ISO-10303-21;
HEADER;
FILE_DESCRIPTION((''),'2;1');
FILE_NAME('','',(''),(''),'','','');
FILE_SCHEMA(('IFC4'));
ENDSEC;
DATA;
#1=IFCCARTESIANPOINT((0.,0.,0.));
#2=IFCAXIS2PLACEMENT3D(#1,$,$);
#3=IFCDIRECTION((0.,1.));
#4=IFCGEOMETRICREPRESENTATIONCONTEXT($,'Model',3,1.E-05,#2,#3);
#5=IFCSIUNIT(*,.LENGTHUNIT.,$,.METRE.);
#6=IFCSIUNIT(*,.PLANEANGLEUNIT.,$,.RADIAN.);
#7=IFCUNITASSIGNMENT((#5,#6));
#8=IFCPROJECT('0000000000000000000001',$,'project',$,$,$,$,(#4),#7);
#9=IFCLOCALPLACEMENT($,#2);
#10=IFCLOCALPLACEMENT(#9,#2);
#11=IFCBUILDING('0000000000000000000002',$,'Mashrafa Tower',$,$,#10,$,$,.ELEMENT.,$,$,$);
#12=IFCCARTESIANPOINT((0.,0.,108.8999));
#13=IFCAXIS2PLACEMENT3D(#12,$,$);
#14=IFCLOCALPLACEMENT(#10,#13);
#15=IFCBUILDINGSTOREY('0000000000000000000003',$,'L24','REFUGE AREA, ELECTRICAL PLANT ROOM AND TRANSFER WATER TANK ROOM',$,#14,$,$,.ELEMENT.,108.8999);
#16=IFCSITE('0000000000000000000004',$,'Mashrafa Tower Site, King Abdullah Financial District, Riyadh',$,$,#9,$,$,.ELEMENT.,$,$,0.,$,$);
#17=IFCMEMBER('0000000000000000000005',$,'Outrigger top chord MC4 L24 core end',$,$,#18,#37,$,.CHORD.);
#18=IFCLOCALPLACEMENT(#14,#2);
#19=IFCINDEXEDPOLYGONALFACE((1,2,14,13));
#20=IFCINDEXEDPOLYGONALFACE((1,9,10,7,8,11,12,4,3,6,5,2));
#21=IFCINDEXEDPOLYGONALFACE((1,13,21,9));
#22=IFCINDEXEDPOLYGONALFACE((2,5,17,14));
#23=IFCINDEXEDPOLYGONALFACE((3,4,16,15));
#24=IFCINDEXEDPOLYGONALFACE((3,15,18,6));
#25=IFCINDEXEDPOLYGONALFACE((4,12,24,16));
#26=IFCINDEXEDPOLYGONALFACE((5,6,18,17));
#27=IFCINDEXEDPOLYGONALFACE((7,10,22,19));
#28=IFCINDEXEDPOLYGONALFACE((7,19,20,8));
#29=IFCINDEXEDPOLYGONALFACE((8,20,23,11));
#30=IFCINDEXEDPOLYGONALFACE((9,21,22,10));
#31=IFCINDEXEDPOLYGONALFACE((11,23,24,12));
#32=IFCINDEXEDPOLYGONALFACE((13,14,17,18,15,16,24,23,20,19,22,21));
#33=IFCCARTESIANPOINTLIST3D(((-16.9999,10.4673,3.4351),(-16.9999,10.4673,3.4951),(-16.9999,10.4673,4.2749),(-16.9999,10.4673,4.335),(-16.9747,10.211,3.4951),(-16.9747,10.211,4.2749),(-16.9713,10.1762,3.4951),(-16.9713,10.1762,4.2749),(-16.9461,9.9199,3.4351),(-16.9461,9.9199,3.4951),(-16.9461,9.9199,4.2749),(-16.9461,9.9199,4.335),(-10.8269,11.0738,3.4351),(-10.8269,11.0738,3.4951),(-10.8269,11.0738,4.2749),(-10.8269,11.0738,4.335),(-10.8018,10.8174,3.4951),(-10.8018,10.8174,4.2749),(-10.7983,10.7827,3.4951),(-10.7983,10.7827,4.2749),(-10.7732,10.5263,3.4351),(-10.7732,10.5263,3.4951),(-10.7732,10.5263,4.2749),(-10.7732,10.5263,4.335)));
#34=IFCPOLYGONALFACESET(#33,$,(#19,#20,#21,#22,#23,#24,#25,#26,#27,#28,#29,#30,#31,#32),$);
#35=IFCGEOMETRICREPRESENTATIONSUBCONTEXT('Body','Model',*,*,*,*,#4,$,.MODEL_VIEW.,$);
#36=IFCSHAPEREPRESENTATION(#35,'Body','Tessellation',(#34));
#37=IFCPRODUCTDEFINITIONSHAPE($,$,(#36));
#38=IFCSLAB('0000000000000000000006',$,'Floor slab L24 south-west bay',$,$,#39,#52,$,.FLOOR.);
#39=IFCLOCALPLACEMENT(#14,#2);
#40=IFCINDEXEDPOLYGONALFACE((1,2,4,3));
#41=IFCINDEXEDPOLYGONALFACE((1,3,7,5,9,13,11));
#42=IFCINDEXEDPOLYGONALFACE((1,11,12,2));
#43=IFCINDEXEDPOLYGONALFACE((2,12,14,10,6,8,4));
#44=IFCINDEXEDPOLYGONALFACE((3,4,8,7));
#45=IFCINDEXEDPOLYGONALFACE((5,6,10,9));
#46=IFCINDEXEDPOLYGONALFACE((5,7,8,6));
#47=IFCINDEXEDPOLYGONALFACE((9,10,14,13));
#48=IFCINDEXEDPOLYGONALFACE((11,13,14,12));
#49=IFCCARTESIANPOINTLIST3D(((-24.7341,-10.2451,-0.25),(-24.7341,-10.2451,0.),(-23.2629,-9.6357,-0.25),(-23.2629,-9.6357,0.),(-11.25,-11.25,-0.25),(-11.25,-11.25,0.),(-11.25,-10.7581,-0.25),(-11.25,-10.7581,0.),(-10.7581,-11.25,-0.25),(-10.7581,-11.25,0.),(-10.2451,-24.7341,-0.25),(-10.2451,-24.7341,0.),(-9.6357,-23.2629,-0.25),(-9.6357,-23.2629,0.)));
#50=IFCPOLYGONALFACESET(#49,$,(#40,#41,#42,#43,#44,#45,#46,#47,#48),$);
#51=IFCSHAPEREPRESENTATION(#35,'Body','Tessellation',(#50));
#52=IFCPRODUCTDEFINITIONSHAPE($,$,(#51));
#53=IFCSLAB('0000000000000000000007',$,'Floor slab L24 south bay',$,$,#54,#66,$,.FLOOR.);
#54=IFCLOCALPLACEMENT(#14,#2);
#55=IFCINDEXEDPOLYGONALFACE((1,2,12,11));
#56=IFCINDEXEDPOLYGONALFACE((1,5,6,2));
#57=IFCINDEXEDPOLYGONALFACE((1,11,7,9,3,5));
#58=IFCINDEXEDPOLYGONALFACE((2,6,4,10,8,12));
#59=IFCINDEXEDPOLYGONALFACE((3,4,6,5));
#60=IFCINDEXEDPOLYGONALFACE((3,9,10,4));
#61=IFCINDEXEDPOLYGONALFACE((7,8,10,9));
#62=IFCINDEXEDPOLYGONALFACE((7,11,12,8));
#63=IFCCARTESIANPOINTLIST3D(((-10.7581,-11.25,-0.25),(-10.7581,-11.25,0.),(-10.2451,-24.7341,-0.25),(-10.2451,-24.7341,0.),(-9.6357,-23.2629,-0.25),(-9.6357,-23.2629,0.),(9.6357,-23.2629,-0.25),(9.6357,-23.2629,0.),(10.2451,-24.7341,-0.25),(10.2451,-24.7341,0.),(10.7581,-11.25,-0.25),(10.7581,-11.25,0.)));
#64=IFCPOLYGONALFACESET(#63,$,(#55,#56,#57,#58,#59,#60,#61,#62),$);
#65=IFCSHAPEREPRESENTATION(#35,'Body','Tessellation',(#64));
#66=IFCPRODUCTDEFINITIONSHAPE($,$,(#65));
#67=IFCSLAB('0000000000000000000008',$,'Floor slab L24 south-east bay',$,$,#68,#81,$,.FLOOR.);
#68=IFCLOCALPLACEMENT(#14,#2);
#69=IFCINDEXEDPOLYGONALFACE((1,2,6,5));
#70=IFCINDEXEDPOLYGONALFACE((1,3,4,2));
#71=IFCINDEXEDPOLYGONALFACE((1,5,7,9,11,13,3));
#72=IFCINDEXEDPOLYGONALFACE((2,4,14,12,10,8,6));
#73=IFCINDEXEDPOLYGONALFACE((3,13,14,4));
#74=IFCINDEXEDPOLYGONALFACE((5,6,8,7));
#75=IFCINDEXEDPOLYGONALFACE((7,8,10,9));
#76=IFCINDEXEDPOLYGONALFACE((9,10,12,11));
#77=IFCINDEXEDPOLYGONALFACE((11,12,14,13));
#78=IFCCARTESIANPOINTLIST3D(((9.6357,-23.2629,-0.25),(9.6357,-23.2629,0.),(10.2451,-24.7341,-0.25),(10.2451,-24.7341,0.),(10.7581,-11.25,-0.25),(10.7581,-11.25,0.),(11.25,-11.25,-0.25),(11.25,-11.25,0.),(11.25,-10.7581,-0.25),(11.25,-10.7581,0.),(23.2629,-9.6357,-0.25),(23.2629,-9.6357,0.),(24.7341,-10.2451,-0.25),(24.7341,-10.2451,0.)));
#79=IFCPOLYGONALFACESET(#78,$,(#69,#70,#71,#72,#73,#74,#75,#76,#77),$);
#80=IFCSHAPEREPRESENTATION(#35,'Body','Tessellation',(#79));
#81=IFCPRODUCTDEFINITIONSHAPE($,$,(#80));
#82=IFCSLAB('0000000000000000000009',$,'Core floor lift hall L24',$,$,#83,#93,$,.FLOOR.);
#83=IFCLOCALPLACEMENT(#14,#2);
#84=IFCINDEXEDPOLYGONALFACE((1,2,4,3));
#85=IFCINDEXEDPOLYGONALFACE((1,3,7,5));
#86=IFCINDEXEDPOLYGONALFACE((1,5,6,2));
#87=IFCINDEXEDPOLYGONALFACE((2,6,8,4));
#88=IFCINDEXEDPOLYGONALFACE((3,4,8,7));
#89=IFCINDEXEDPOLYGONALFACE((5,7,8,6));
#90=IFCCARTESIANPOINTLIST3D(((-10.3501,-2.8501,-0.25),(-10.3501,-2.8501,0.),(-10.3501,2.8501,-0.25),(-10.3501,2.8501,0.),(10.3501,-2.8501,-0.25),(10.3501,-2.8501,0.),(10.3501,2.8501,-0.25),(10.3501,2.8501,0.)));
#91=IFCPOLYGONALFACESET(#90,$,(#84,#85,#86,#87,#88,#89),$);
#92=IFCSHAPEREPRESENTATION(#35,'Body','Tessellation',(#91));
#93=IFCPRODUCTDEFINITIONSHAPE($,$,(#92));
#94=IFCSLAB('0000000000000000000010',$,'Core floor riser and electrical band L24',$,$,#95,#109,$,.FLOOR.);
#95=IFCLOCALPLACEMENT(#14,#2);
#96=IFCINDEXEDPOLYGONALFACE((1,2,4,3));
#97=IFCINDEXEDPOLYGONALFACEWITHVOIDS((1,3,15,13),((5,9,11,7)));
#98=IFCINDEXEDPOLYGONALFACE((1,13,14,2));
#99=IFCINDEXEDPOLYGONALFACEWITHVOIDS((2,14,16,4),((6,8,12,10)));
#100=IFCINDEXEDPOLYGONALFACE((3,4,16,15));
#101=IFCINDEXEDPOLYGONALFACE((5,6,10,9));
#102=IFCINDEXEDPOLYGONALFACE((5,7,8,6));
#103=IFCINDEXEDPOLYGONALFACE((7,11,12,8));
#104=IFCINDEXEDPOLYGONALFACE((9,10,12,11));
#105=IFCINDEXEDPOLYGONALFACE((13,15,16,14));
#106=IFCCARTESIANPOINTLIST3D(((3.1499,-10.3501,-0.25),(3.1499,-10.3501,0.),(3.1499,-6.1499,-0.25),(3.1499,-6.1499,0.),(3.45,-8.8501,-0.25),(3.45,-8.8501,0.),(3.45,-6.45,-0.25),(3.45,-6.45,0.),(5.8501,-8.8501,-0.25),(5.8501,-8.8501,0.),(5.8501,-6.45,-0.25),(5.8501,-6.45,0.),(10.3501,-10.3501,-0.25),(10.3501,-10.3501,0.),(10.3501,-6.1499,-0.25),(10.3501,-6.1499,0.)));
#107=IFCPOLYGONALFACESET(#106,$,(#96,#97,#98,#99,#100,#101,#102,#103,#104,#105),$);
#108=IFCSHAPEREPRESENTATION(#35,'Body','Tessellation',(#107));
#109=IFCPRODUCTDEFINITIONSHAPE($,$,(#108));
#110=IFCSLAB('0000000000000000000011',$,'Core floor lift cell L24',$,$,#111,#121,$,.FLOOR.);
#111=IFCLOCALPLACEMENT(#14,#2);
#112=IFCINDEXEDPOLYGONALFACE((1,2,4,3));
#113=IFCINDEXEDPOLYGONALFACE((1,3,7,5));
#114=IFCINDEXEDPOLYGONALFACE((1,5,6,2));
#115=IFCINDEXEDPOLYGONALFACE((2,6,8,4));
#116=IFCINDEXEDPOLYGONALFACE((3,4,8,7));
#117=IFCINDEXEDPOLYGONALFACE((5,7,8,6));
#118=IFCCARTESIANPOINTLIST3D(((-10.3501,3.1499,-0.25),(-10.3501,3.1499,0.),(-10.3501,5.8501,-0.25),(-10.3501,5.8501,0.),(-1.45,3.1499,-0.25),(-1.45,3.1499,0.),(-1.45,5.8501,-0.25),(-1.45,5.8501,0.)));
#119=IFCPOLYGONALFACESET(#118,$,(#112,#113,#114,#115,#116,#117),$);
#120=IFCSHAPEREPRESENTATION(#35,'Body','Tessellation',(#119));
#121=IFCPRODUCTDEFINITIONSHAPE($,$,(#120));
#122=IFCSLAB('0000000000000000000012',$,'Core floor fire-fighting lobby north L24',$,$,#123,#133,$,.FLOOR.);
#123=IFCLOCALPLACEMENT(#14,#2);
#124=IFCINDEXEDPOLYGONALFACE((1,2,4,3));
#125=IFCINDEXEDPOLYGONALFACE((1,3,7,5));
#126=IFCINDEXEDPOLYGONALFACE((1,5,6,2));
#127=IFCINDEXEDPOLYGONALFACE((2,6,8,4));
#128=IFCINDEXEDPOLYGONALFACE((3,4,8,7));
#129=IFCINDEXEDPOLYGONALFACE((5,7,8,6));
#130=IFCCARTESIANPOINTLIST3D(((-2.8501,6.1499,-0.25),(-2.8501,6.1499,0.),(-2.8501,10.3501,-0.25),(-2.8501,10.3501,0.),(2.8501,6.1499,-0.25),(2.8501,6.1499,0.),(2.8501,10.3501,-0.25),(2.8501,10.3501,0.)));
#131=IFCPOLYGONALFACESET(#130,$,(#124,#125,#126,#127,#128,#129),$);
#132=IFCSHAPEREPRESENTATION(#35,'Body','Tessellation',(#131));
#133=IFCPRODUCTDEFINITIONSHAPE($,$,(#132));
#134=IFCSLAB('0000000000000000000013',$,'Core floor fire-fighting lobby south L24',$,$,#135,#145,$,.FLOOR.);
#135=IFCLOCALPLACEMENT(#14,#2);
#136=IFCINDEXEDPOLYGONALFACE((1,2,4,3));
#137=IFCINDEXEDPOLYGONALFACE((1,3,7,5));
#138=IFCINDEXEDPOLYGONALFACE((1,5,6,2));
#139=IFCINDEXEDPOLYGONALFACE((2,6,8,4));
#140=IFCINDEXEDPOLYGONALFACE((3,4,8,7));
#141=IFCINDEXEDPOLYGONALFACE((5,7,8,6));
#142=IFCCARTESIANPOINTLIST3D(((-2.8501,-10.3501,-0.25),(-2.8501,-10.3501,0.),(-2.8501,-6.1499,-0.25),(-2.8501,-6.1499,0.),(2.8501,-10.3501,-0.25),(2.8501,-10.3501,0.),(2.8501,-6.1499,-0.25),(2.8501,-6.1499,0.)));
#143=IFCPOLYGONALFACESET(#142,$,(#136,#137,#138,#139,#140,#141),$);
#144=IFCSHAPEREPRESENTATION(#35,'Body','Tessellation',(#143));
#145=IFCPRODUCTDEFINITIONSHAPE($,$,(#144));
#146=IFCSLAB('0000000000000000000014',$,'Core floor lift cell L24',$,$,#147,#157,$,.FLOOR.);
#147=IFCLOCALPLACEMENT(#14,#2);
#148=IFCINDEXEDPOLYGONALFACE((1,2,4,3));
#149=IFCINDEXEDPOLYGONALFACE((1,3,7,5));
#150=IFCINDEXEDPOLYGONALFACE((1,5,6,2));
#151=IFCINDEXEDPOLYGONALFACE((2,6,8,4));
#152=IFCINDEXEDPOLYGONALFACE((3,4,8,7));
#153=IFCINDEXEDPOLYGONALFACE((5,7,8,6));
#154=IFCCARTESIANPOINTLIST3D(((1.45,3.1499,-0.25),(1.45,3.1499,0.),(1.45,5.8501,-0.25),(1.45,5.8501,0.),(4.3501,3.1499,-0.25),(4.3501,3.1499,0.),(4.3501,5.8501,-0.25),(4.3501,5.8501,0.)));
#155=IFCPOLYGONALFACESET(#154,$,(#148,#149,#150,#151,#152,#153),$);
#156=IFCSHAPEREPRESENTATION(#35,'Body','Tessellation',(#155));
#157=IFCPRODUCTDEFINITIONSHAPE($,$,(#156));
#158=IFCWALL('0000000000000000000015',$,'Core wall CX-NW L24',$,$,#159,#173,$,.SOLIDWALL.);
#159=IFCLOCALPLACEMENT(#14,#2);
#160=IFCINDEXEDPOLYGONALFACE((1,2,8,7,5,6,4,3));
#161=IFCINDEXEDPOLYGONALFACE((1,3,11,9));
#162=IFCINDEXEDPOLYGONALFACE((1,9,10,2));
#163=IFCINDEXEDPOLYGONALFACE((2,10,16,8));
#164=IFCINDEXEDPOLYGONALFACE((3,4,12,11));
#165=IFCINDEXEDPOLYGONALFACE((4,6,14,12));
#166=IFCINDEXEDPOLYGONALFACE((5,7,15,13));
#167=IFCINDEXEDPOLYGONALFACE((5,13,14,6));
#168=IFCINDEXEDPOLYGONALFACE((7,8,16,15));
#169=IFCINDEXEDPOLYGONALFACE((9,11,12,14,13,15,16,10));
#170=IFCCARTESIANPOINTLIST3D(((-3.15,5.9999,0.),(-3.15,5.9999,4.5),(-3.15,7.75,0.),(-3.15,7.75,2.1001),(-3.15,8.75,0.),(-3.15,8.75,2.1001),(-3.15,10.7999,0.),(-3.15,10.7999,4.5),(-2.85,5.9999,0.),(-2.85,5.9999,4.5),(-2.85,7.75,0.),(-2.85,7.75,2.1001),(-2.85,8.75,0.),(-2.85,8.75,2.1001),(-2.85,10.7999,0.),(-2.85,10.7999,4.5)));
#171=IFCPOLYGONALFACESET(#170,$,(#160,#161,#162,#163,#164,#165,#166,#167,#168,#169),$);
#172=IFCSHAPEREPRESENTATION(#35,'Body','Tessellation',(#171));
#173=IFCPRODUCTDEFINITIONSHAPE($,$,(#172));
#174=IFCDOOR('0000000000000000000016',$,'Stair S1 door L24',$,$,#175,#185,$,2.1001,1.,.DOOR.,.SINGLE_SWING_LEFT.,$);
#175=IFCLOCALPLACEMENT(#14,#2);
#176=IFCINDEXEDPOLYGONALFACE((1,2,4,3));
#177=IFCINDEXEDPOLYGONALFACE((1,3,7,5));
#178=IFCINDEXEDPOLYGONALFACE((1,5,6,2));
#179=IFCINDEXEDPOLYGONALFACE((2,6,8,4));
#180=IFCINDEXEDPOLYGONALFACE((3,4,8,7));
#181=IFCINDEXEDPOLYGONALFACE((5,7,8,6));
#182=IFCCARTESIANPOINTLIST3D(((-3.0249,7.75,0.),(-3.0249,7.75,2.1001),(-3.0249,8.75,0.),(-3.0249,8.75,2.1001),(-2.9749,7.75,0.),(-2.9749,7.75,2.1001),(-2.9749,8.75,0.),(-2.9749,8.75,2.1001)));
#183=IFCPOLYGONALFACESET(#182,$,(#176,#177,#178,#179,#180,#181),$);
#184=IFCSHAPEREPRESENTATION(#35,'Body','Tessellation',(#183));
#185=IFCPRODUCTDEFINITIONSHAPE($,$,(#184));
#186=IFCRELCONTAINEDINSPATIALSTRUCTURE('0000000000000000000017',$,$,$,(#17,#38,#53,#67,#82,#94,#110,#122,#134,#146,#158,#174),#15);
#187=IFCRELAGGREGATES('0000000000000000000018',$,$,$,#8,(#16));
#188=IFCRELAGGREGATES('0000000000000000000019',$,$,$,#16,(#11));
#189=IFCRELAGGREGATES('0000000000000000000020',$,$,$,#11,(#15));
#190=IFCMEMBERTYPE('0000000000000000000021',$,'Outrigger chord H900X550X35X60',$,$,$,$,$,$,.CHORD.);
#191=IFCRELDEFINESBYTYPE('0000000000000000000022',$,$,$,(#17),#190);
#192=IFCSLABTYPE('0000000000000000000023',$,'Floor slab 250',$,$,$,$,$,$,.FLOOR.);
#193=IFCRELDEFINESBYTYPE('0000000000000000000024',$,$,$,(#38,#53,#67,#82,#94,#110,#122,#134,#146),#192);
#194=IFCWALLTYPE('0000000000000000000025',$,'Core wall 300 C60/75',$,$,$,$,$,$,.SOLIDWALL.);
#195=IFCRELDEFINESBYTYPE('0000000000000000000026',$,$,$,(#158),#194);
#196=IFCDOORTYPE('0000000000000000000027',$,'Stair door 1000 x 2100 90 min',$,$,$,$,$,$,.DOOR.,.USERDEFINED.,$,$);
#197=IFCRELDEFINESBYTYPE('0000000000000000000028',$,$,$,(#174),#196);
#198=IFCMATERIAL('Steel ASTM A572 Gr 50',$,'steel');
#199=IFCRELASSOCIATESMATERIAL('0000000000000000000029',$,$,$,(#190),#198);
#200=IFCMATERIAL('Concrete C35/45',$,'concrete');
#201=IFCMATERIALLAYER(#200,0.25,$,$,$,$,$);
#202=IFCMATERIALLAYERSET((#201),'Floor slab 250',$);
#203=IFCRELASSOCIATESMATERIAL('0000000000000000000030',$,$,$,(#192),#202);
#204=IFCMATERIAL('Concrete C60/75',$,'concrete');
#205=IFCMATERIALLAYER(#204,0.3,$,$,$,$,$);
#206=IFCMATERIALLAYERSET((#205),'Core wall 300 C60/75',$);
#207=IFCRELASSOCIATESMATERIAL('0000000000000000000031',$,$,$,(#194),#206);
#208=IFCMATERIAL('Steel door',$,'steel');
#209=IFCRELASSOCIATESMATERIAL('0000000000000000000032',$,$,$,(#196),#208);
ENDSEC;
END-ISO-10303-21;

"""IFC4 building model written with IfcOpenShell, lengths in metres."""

from ifc_helpers import new_model, si_unit, direction, frame, frame_2d, origin, origin_2d, place, context, subcontext, project, spatial, polyline, rectangle, i_section, outline, extrude, source, transform, mapped, material, layer, layer_set, material_profile, profile_set, type_object, element, fill, save


model = new_model("IFC4")

# Units and contexts
model_context = context("Model", 3, precision=1e-05, world=origin(), true_north=direction((0.0, 1.0)))
body_context = subcontext(model_context, "Body", "Model", "MODEL_VIEW")
ifc_project = project(units=[si_unit("LENGTHUNIT", "METRE"), si_unit("PLANEANGLEUNIT", "RADIAN")], contexts=[model_context])

# Site, building, storey
site_placement = place(None, origin())
site = spatial("IfcSite", under=ifc_project, at=site_placement, Name="Mashrafa Tower Site, King Abdullah Financial District, Riyadh", CompositionType="ELEMENT", RefElevation=0.0)
building_placement = place(site_placement, origin())
building = spatial("IfcBuilding", under=site, at=building_placement, Name="Mashrafa Tower", CompositionType="ELEMENT")
storey_placement = place(building_placement, frame((0.0, 0.0, 108.8999)))
storey = spatial("IfcBuildingStorey", under=building, at=storey_placement, Name="L24", Description="REFUGE AREA, ELECTRICAL PLANT ROOM AND TRANSFER WATER TANK ROOM", CompositionType="ELEMENT", Elevation=108.8999)

# Member
ifc_material_1 = material(Name="Steel ASTM A572 Gr 50", Category="steel")
ifc_material_profile_1 = material_profile(ifc_material_1, i_section(OverallWidth=0.55, OverallDepth=0.8999, WebThickness=0.0349, FlangeThickness=0.0601, at=origin_2d()), Name="H900X550X35X60")
ifc_profile_set_1 = profile_set([ifc_material_profile_1], Name="Steel ASTM A572 Gr 50")
member_type = type_object("IfcMemberType", Name="Outrigger chord H900X550X35X60", PredefinedType="CHORD", material=ifc_profile_set_1)
shared_shape_1 = source(origin(), body_context, "Body", "SweptSolid", [
    extrude(i_section(OverallWidth=0.55, OverallDepth=0.8999, WebThickness=0.0349, FlangeThickness=0.0601, at=origin_2d()), origin(), (0.0, 0.0, 1.0), 6.2026),
])
for number, where, z_axis, x_axis, name in (
    (1, (-10.8, 10.8, 3.885), (-0.995209, -0.097773, 0.0), (0.097773, -0.995209, 0.0), "Outrigger top chord MC4 L24 core end"),
):
    element("IfcMember", number, at=place(storey_placement, frame(where, z_axis=z_axis, x_axis=x_axis)), inside=storey, type_object=member_type, Name=name, PredefinedType="CHORD", context=body_context, shape_type="MappedRepresentation", body=[
        mapped(shared_shape_1, transform((0.0, 0.0, 0.0))),
    ])

# Slabs
ifc_material_2 = material(Name="Concrete C35/45", Category="concrete")
ifc_layer_1 = layer(ifc_material_2, 0.25)
ifc_layer_set_1 = layer_set([ifc_layer_1], Name="Floor slab 250")
slab_type = type_object("IfcSlabType", Name="Floor slab 250", PredefinedType="FLOOR", material=ifc_layer_set_1)
slab_1_placement = place(storey_placement, frame((0.0, 0.0, -0.25)))
element("IfcSlab", 2, at=slab_1_placement, inside=storey, type_object=slab_type, Name="Floor slab L24 south-west bay", PredefinedType="FLOOR", context=body_context, shape_type="SweptSolid", body=[
    extrude(outline(polyline([(-10.2451, -24.7341), (-24.7341, -10.2451), (-24.7341, -10.2451), (-23.2629, -9.6357), (-11.25, -10.7581), (-11.25, -11.25), (-10.7581, -11.25), (-9.6357, -23.2629), (-10.2451, -24.7341), (-10.2451, -24.7341)])), origin(), (0.0, 0.0, 1.0), 0.25),
])
slab_2_placement = place(storey_placement, frame((0.0, 0.0, -0.25)))
element("IfcSlab", 3, at=slab_2_placement, inside=storey, type_object=slab_type, Name="Floor slab L24 south bay", PredefinedType="FLOOR", context=body_context, shape_type="SweptSolid", body=[
    extrude(outline(polyline([(-10.2451, -24.7341), (-9.6357, -23.2629), (-10.7581, -11.25), (10.7581, -11.25), (9.6357, -23.2629), (10.2451, -24.7341), (-10.2451, -24.7341)])), origin(), (0.0, 0.0, 1.0), 0.25),
])
slab_3_placement = place(storey_placement, frame((0.0, 0.0, -0.25)))
element("IfcSlab", 4, at=slab_3_placement, inside=storey, type_object=slab_type, Name="Floor slab L24 south-east bay", PredefinedType="FLOOR", context=body_context, shape_type="SweptSolid", body=[
    extrude(outline(polyline([(10.2451, -24.7341), (9.6357, -23.2629), (10.7581, -11.25), (11.25, -11.25), (11.25, -10.7581), (23.2629, -9.6357), (24.7341, -10.2451), (24.7341, -10.2451), (10.2451, -24.7341), (10.2451, -24.7341)])), origin(), (0.0, 0.0, 1.0), 0.25),
])
slab_4_placement = place(storey_placement, frame((0.0, 0.0, -0.25)))
element("IfcSlab", 5, at=slab_4_placement, inside=storey, type_object=slab_type, Name="Core floor lift hall L24", PredefinedType="FLOOR", context=body_context, shape_type="SweptSolid", body=[
    extrude(outline(polyline([(-10.3501, 2.8501), (10.3501, 2.8501), (10.3501, -2.8501), (-10.3501, -2.8501), (-10.3501, 2.8501)])), origin(), (0.0, 0.0, 1.0), 0.25),
])
slab_5_placement = place(storey_placement, frame((0.0, 0.0, -0.25)))
element("IfcSlab", 6, at=slab_5_placement, inside=storey, type_object=slab_type, Name="Core floor riser and electrical band L24", PredefinedType="FLOOR", context=body_context, shape_type="SweptSolid", body=[
    extrude(outline(polyline([(10.3501, -6.1499), (10.3501, -10.3501), (3.1499, -10.3501), (3.1499, -6.1499), (10.3501, -6.1499)]), holes=[polyline([(3.45, -8.8501), (5.8501, -8.8501), (5.8501, -6.45), (3.45, -6.45), (3.45, -8.8501)])]), origin(), (0.0, 0.0, 1.0), 0.25),
])
slab_6_placement = place(storey_placement, frame((0.0, 0.0, -0.25)))
element("IfcSlab", 7, at=slab_6_placement, inside=storey, type_object=slab_type, Name="Core floor lift cell L24", PredefinedType="FLOOR", context=body_context, shape_type="SweptSolid", body=[
    extrude(outline(polyline([(-1.45, 3.1499), (-10.3501, 3.1499), (-10.3501, 5.8501), (-1.45, 5.8501), (-1.45, 3.1499)])), origin(), (0.0, 0.0, 1.0), 0.25),
])
slab_7_placement = place(storey_placement, frame((0.0, 0.0, -0.25)))
element("IfcSlab", 8, at=slab_7_placement, inside=storey, type_object=slab_type, Name="Core floor fire-fighting lobby north L24", PredefinedType="FLOOR", context=body_context, shape_type="SweptSolid", body=[
    extrude(outline(polyline([(-2.8501, 10.3501), (2.8501, 10.3501), (2.8501, 6.1499), (-2.8501, 6.1499), (-2.8501, 10.3501)])), origin(), (0.0, 0.0, 1.0), 0.25),
])
slab_8_placement = place(storey_placement, frame((0.0, 0.0, -0.25)))
element("IfcSlab", 9, at=slab_8_placement, inside=storey, type_object=slab_type, Name="Core floor fire-fighting lobby south L24", PredefinedType="FLOOR", context=body_context, shape_type="SweptSolid", body=[
    extrude(outline(polyline([(2.8501, -6.1499), (2.8501, -10.3501), (-2.8501, -10.3501), (-2.8501, -6.1499), (2.8501, -6.1499)])), origin(), (0.0, 0.0, 1.0), 0.25),
])
slab_9_placement = place(storey_placement, frame((0.0, 0.0, -0.25)))
element("IfcSlab", 10, at=slab_9_placement, inside=storey, type_object=slab_type, Name="Core floor lift cell L24", PredefinedType="FLOOR", context=body_context, shape_type="SweptSolid", body=[
    extrude(outline(polyline([(4.3501, 5.8501), (4.3501, 3.1499), (1.45, 3.1499), (1.45, 5.8501), (4.3501, 5.8501)])), origin(), (0.0, 0.0, 1.0), 0.25),
])

# Wall, opening, door
ifc_material_3 = material(Name="Concrete C60/75", Category="concrete")
ifc_layer_2 = layer(ifc_material_3, 0.3)
ifc_layer_set_2 = layer_set([ifc_layer_2], Name="Core wall 300 C60/75")
wall_type_1 = type_object("IfcWallType", Name="Core wall 300 C60/75", PredefinedType="SOLIDWALL", material=ifc_layer_set_2)
wall_placement = place(storey_placement, frame((-3.0, 6.0, 0.0), z_axis=(0.0, 0.0, 1.0), x_axis=(0.0, 1.0, 0.0)))
wall = element("IfcWall", 11, at=wall_placement, inside=storey, type_object=wall_type_1, Name="Core wall CX-NW L24", PredefinedType="SOLIDWALL", context=body_context, shape_type="SweptSolid", body=[
    extrude(rectangle(XDim=4.8, YDim=0.3, at=frame_2d((2.3999, 0.0))), origin(), (0.0, 0.0, 1.0), 4.5),
])
opening_placement = place(wall_placement, frame((1.75, 0.0, 0.0)))
opening = element("IfcOpeningElement", 12, at=opening_placement, cuts=wall, PredefinedType="OPENING", context=body_context, shape_type="SweptSolid", body=[
    extrude(rectangle(XDim=1.0, YDim=2.1001, at=frame_2d((0.5, 1.05))), frame((0.0, 0.1599, 0.0), z_axis=(0.0, -1.0, 0.0), x_axis=(1.0, 0.0, 0.0)), (0.0, 0.0, 1.0), 0.3201),
])
ifc_material_4 = material(Name="Steel door", Category="steel")
door_type = type_object("IfcDoorType", Name="Stair door 1000 x 2100 90 min", OperationType="USERDEFINED", PredefinedType="DOOR", material=ifc_material_4)
door_placement = place(opening_placement, origin())
door = element("IfcDoor", 13, at=door_placement, inside=storey, type_object=door_type, Name="Stair S1 door L24", OperationType="SINGLE_SWING_LEFT", OverallHeight=2.1001, OverallWidth=1.0, PredefinedType="DOOR", context=body_context, shape_type="SweptSolid", body=[
    extrude(rectangle(XDim=1.0, YDim=2.1001, at=frame_2d((0.5, 1.05))), frame((0.0, 0.0249, 0.0), z_axis=(0.0, -1.0, 0.0), x_axis=(1.0, 0.0, 0.0)), (0.0, 0.0, 1.0), 0.05),
])
fill(opening, door)

save(model, "model.ifc")
